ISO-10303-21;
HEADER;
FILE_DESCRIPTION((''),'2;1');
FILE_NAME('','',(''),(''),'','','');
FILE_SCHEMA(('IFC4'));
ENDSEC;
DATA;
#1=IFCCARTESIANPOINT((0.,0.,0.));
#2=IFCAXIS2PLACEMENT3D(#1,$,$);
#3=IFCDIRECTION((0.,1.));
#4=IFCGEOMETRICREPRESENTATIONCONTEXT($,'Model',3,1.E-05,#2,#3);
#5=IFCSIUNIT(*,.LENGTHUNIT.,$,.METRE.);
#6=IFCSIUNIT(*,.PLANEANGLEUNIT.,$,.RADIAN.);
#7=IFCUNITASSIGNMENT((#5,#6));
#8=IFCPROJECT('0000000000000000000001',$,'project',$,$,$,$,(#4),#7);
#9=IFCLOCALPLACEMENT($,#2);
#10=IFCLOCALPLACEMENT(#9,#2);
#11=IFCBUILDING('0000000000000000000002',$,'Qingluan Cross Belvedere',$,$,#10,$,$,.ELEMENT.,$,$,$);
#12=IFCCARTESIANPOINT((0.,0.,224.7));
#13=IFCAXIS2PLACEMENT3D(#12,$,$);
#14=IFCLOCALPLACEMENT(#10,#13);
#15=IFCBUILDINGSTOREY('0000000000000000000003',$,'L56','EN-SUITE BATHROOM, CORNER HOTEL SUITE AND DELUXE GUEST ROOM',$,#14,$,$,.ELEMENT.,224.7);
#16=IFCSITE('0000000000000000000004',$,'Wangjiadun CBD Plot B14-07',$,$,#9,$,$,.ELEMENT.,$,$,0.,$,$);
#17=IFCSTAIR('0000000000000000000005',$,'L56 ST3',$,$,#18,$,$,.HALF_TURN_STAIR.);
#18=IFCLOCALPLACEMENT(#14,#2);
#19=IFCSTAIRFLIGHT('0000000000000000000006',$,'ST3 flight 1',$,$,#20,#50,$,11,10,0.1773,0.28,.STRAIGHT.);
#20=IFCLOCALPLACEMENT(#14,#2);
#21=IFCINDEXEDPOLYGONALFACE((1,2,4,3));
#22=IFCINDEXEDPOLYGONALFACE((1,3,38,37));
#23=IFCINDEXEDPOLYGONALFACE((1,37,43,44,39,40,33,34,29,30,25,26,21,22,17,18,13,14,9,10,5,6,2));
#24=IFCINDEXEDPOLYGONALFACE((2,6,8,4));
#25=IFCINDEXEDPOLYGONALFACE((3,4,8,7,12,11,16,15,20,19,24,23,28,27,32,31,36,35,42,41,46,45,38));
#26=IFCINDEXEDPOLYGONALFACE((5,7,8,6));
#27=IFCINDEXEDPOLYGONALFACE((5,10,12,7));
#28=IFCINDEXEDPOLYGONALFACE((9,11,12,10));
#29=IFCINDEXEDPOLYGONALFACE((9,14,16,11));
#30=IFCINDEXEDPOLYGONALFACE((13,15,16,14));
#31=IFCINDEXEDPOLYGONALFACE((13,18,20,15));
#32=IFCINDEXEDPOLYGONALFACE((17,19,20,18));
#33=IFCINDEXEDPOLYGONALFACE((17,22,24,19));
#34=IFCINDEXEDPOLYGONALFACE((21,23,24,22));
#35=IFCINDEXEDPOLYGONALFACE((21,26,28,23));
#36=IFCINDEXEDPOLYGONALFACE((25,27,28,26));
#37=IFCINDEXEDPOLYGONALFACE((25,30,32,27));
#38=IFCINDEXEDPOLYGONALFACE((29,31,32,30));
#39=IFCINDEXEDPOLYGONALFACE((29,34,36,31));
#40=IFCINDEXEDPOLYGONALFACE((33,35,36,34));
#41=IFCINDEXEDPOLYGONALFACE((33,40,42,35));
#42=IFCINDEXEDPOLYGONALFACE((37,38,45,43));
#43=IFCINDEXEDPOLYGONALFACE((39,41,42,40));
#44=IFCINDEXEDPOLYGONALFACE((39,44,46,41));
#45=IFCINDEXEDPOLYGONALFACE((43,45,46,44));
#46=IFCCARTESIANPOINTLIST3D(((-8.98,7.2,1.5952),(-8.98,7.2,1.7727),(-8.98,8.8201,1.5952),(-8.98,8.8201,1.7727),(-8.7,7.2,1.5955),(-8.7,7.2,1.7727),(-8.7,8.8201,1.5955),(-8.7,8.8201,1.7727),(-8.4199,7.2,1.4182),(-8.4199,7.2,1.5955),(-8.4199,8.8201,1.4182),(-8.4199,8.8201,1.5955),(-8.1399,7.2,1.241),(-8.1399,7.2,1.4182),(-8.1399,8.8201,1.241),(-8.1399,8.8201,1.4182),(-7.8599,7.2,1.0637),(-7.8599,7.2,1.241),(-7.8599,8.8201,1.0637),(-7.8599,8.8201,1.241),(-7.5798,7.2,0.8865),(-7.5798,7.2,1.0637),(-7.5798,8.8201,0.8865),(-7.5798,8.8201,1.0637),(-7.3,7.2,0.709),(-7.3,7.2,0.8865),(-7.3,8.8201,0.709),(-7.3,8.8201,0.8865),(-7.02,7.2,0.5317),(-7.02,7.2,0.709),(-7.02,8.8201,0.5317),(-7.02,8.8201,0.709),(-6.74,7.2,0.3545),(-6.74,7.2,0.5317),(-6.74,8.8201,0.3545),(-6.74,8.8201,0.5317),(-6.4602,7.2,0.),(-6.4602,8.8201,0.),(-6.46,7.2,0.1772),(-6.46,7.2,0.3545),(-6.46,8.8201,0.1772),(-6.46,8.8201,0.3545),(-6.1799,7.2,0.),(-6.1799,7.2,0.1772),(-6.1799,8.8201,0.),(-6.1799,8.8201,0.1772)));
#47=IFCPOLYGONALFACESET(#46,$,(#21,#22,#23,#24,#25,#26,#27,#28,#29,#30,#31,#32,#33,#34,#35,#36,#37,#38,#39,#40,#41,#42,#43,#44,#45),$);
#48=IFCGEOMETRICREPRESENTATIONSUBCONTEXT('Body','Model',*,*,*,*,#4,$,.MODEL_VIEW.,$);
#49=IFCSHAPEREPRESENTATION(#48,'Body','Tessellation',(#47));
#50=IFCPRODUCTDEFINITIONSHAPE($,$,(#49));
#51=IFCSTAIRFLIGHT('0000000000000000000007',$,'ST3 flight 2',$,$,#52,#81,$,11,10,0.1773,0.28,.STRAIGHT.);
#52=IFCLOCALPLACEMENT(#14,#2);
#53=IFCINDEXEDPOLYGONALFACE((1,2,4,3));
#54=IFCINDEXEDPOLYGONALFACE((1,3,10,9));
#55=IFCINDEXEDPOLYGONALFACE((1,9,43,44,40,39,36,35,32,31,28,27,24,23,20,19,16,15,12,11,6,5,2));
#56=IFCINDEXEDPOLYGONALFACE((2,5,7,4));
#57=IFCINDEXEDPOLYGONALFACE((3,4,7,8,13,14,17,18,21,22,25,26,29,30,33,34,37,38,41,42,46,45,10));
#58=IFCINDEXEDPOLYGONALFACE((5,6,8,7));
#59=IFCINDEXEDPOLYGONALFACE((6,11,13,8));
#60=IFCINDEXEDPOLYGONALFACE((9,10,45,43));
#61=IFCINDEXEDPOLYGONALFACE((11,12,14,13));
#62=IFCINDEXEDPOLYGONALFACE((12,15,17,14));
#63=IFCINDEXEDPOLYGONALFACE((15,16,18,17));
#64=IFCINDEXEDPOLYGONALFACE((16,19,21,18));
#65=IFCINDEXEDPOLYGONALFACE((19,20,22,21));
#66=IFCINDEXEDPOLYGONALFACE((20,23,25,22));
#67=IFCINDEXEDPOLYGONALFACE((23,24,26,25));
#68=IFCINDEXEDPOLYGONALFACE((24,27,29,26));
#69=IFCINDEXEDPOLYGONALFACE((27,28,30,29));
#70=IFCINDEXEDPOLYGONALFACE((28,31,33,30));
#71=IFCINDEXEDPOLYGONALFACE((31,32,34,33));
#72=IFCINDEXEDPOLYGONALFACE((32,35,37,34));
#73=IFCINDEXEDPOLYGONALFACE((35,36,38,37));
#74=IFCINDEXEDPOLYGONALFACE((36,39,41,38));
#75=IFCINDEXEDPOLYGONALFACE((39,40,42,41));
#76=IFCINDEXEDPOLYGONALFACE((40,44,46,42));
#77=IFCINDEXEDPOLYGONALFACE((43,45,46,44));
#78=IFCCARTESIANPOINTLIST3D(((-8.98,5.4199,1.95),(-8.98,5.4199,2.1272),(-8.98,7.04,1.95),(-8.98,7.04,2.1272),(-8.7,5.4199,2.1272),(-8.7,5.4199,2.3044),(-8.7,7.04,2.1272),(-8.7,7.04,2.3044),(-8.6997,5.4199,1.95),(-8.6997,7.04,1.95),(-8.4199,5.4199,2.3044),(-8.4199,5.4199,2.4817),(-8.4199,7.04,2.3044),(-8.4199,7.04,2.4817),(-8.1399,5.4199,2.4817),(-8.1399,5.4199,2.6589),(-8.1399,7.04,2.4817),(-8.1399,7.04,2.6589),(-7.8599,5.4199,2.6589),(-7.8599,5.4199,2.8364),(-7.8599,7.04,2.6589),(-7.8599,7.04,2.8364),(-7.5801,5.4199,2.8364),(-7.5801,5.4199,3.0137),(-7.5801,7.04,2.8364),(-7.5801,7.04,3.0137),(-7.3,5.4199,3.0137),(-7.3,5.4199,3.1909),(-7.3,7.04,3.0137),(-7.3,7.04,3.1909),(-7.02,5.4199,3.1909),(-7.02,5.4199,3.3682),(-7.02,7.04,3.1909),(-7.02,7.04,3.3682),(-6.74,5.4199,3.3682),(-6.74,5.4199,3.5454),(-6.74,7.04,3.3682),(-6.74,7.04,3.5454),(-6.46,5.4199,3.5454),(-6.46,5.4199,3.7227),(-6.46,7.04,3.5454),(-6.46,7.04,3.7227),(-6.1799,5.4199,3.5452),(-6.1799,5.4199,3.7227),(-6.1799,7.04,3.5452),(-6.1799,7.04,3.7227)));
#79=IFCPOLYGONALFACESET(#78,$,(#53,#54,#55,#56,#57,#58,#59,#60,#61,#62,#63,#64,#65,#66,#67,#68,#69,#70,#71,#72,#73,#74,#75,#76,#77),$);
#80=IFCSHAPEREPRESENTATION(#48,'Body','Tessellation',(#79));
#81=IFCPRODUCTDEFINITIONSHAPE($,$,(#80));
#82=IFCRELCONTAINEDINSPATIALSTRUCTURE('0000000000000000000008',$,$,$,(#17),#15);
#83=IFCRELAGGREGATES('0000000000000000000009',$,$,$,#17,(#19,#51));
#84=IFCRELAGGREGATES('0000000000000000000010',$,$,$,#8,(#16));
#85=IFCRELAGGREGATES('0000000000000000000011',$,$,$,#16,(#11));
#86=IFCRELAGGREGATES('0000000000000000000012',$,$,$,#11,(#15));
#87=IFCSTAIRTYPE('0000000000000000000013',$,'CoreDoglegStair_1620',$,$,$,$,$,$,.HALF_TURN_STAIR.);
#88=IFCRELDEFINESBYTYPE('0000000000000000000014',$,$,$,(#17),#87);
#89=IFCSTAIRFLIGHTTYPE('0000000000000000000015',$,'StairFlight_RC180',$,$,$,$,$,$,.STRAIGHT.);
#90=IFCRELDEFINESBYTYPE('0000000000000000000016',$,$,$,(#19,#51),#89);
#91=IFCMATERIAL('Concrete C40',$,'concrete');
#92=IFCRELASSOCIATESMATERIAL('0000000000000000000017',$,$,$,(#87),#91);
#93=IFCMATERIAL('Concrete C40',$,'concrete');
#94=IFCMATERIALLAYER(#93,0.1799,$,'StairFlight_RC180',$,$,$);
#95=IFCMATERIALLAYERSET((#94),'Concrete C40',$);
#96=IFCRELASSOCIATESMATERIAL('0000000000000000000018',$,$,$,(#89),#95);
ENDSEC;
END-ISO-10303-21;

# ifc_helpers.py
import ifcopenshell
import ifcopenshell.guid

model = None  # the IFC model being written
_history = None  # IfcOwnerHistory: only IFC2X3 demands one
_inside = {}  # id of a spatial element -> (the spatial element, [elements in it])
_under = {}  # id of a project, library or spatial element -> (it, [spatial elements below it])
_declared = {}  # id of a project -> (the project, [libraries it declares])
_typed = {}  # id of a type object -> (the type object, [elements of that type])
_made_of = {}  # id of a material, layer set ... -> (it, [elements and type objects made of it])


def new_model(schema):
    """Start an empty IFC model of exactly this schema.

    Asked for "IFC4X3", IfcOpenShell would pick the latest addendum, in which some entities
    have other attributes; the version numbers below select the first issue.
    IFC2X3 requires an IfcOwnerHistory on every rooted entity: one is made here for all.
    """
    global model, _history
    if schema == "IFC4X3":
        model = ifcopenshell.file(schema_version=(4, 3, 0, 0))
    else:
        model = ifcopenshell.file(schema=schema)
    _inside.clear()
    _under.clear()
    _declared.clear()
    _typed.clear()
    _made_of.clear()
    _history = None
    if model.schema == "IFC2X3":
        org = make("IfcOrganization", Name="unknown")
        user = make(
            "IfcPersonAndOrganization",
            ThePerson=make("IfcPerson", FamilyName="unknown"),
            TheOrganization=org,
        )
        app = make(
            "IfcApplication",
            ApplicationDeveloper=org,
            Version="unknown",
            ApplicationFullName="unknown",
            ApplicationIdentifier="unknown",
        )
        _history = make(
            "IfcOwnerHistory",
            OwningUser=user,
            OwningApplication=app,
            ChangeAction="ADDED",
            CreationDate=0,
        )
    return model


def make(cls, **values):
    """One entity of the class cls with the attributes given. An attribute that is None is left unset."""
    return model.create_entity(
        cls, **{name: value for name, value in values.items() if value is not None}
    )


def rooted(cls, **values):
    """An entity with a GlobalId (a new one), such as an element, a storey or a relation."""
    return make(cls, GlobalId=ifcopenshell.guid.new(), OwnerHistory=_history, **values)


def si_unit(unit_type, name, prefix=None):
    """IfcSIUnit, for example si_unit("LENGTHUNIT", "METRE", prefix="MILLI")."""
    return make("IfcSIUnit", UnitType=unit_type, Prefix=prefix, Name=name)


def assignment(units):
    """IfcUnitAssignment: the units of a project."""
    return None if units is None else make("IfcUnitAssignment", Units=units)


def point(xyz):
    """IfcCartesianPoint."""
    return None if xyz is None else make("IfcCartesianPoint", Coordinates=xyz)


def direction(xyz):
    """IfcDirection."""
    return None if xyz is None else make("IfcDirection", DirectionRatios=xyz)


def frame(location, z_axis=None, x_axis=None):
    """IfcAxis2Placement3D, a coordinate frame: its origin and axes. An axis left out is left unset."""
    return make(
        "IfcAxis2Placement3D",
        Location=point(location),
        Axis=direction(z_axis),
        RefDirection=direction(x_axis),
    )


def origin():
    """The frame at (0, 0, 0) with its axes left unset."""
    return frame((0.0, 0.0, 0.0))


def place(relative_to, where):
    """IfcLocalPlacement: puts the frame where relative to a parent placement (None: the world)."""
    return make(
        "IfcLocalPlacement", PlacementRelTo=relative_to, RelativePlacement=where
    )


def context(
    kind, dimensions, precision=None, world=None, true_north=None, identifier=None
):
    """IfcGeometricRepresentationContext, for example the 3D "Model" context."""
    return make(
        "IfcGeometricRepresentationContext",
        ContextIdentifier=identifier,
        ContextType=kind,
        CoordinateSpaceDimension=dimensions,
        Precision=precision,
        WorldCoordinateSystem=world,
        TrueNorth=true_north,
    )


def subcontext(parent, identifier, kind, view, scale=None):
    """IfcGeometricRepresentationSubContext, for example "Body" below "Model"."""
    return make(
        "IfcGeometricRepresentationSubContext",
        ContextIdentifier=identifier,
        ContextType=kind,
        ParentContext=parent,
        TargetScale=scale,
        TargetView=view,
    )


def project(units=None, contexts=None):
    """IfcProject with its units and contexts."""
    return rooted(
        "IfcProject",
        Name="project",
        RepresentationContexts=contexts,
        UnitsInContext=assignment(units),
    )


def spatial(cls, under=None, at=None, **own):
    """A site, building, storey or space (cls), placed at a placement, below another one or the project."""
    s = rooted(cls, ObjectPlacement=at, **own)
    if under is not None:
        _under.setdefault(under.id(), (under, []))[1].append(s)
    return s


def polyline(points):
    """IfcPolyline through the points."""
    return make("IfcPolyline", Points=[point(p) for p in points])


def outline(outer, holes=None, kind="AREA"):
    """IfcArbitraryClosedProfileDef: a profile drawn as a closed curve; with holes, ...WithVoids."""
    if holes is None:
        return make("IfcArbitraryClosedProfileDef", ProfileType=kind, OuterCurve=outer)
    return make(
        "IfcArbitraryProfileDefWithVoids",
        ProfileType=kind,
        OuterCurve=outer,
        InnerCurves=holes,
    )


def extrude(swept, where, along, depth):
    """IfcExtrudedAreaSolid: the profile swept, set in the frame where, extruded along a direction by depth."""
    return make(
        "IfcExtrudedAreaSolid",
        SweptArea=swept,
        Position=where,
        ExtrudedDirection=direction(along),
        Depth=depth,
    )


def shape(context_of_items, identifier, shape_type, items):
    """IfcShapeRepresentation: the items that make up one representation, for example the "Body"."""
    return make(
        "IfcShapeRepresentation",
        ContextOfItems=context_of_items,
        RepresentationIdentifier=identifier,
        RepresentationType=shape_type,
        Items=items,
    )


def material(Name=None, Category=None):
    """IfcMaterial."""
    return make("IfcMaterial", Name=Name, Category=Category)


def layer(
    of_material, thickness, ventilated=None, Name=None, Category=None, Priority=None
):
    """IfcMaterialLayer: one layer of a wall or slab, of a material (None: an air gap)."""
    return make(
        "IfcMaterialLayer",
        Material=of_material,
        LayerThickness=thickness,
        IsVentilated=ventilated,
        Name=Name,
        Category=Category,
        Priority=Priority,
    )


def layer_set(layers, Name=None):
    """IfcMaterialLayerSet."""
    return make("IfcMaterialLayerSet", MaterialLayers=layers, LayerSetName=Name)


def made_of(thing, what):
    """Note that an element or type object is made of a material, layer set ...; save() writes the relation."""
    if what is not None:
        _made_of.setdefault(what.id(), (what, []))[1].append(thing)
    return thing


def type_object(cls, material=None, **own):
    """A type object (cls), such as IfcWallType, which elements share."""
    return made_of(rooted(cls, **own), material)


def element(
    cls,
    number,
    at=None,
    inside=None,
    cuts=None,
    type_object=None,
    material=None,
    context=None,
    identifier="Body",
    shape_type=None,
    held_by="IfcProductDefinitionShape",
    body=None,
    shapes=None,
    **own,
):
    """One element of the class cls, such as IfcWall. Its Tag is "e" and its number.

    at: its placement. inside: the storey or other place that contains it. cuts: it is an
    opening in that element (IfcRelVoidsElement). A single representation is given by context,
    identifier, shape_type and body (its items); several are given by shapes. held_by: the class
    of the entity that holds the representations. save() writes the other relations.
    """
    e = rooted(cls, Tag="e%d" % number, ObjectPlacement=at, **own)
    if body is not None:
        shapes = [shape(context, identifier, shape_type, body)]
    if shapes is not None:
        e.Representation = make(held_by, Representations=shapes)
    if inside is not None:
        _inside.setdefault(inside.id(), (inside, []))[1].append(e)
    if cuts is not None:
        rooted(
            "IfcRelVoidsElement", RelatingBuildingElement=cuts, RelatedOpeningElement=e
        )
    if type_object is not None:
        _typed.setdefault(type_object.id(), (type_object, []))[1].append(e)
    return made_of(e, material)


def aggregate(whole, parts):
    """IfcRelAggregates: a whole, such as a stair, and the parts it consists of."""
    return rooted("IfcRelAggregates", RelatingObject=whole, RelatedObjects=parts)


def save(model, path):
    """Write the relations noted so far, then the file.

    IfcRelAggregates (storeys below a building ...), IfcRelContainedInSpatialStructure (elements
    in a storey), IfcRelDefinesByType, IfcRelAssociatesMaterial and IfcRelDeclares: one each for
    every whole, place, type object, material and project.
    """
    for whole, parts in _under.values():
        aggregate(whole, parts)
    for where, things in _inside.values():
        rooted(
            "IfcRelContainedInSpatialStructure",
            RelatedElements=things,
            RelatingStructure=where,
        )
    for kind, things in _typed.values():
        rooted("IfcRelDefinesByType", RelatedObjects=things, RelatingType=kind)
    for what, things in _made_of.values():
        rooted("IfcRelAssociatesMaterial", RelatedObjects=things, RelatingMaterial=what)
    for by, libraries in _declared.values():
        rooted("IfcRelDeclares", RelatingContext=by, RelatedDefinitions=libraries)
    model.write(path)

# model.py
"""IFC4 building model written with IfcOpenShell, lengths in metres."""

from ifc_helpers import new_model, si_unit, direction, frame, origin, place, context, subcontext, project, spatial, polyline, outline, extrude, material, layer, layer_set, type_object, element, aggregate, save


model = new_model("IFC4")

# Units and contexts
model_context = context("Model", 3, precision=1e-05, world=origin(), true_north=direction((0.0, 1.0)))
body_context = subcontext(model_context, "Body", "Model", "MODEL_VIEW")
ifc_project = project(units=[si_unit("LENGTHUNIT", "METRE"), si_unit("PLANEANGLEUNIT", "RADIAN")], contexts=[model_context])

# Site, building, storey
site_placement = place(None, origin())
site = spatial("IfcSite", under=ifc_project, at=site_placement, Name="Wangjiadun CBD Plot B14-07", CompositionType="ELEMENT", RefElevation=0.0)
building_placement = place(site_placement, origin())
building = spatial("IfcBuilding", under=site, at=building_placement, Name="Qingluan Cross Belvedere", CompositionType="ELEMENT")
storey_placement = place(building_placement, frame((0.0, 0.0, 224.7)))
storey = spatial("IfcBuildingStorey", under=building, at=storey_placement, Name="L56", Description="EN-SUITE BATHROOM, CORNER HOTEL SUITE AND DELUXE GUEST ROOM", CompositionType="ELEMENT", Elevation=224.7)

# Stair, stair flights
ifc_material_1 = material(Name="Concrete C40", Category="concrete")
stair_type = type_object("IfcStairType", Name="CoreDoglegStair_1620", PredefinedType="HALF_TURN_STAIR", material=ifc_material_1)
stair_placement = place(storey_placement, origin())
stair = element("IfcStair", 1, at=stair_placement, inside=storey, type_object=stair_type, Name="L56 ST3", PredefinedType="HALF_TURN_STAIR")
ifc_material_2 = material(Name="Concrete C40", Category="concrete")
ifc_layer_1 = layer(ifc_material_2, 0.1799, Name="StairFlight_RC180")
ifc_layer_set_1 = layer_set([ifc_layer_1], Name="Concrete C40")
stair_flight_type = type_object("IfcStairFlightType", Name="StairFlight_RC180", PredefinedType="STRAIGHT", material=ifc_layer_set_1)
stair_flight_1_placement = place(storey_placement, frame((-6.1799, 8.01, 0.0), z_axis=(0.0, 0.0, 1.0), x_axis=(-1.0, 0.0, 0.0)))
stair_flight_1 = element("IfcStairFlight", 2, at=stair_flight_1_placement, type_object=stair_flight_type, Name="ST3 flight 1", NumberOfRisers=11, NumberOfTreads=10, PredefinedType="STRAIGHT", RiserHeight=0.1773, TreadLength=0.28, context=body_context, shape_type="SweptSolid", body=[
    extrude(outline(polyline([(0.0, 0.0), (0.0, 0.1772), (0.28, 0.1772), (0.28, 0.3545), (0.5601, 0.3545), (0.5601, 0.5317), (0.8401, 0.5317), (0.8401, 0.709), (1.1201, 0.709), (1.1201, 0.8865), (1.3999, 0.8865), (1.3999, 1.0637), (1.6799, 1.0637), (1.6799, 1.241), (1.96, 1.241), (1.96, 1.4182), (2.24, 1.4182), (2.24, 1.5955), (2.52, 1.5955), (2.52, 1.7727), (2.8, 1.7727), (2.8, 1.95), (2.8, 1.5952), (0.2803, 0.0), (0.0, 0.0)])), frame((0.0, 0.8101, 0.0), z_axis=(0.0, -1.0, 0.0), x_axis=(1.0, 0.0, 0.0)), (0.0, 0.0, 1.0), 1.6201),
])
stair_flight_2_placement = place(storey_placement, frame((-8.98, 6.23, 1.95), z_axis=(0.0, 0.0, 1.0), x_axis=(1.0, 0.0, 0.0)))
stair_flight_2 = element("IfcStairFlight", 3, at=stair_flight_2_placement, type_object=stair_flight_type, Name="ST3 flight 2", NumberOfRisers=11, NumberOfTreads=10, PredefinedType="STRAIGHT", RiserHeight=0.1773, TreadLength=0.28, context=body_context, shape_type="SweptSolid", body=[
    extrude(outline(polyline([(0.0, 0.0), (0.0, 0.1772), (0.28, 0.1772), (0.28, 0.3545), (0.5601, 0.3545), (0.5601, 0.5317), (0.8401, 0.5317), (0.8401, 0.709), (1.1201, 0.709), (1.1201, 0.8865), (1.3999, 0.8865), (1.3999, 1.0637), (1.6799, 1.0637), (1.6799, 1.241), (1.96, 1.241), (1.96, 1.4182), (2.24, 1.4182), (2.24, 1.5955), (2.52, 1.5955), (2.52, 1.7727), (2.8, 1.7727), (2.8, 1.95), (2.8, 1.5952), (0.2803, 0.0), (0.0, 0.0)])), frame((0.0, 0.8101, 0.0), z_axis=(0.0, -1.0, 0.0), x_axis=(1.0, 0.0, 0.0)), (0.0, 0.0, 1.0), 1.6201),
])
aggregate(stair, [stair_flight_1, stair_flight_2])

save(model, "model.ifc")
